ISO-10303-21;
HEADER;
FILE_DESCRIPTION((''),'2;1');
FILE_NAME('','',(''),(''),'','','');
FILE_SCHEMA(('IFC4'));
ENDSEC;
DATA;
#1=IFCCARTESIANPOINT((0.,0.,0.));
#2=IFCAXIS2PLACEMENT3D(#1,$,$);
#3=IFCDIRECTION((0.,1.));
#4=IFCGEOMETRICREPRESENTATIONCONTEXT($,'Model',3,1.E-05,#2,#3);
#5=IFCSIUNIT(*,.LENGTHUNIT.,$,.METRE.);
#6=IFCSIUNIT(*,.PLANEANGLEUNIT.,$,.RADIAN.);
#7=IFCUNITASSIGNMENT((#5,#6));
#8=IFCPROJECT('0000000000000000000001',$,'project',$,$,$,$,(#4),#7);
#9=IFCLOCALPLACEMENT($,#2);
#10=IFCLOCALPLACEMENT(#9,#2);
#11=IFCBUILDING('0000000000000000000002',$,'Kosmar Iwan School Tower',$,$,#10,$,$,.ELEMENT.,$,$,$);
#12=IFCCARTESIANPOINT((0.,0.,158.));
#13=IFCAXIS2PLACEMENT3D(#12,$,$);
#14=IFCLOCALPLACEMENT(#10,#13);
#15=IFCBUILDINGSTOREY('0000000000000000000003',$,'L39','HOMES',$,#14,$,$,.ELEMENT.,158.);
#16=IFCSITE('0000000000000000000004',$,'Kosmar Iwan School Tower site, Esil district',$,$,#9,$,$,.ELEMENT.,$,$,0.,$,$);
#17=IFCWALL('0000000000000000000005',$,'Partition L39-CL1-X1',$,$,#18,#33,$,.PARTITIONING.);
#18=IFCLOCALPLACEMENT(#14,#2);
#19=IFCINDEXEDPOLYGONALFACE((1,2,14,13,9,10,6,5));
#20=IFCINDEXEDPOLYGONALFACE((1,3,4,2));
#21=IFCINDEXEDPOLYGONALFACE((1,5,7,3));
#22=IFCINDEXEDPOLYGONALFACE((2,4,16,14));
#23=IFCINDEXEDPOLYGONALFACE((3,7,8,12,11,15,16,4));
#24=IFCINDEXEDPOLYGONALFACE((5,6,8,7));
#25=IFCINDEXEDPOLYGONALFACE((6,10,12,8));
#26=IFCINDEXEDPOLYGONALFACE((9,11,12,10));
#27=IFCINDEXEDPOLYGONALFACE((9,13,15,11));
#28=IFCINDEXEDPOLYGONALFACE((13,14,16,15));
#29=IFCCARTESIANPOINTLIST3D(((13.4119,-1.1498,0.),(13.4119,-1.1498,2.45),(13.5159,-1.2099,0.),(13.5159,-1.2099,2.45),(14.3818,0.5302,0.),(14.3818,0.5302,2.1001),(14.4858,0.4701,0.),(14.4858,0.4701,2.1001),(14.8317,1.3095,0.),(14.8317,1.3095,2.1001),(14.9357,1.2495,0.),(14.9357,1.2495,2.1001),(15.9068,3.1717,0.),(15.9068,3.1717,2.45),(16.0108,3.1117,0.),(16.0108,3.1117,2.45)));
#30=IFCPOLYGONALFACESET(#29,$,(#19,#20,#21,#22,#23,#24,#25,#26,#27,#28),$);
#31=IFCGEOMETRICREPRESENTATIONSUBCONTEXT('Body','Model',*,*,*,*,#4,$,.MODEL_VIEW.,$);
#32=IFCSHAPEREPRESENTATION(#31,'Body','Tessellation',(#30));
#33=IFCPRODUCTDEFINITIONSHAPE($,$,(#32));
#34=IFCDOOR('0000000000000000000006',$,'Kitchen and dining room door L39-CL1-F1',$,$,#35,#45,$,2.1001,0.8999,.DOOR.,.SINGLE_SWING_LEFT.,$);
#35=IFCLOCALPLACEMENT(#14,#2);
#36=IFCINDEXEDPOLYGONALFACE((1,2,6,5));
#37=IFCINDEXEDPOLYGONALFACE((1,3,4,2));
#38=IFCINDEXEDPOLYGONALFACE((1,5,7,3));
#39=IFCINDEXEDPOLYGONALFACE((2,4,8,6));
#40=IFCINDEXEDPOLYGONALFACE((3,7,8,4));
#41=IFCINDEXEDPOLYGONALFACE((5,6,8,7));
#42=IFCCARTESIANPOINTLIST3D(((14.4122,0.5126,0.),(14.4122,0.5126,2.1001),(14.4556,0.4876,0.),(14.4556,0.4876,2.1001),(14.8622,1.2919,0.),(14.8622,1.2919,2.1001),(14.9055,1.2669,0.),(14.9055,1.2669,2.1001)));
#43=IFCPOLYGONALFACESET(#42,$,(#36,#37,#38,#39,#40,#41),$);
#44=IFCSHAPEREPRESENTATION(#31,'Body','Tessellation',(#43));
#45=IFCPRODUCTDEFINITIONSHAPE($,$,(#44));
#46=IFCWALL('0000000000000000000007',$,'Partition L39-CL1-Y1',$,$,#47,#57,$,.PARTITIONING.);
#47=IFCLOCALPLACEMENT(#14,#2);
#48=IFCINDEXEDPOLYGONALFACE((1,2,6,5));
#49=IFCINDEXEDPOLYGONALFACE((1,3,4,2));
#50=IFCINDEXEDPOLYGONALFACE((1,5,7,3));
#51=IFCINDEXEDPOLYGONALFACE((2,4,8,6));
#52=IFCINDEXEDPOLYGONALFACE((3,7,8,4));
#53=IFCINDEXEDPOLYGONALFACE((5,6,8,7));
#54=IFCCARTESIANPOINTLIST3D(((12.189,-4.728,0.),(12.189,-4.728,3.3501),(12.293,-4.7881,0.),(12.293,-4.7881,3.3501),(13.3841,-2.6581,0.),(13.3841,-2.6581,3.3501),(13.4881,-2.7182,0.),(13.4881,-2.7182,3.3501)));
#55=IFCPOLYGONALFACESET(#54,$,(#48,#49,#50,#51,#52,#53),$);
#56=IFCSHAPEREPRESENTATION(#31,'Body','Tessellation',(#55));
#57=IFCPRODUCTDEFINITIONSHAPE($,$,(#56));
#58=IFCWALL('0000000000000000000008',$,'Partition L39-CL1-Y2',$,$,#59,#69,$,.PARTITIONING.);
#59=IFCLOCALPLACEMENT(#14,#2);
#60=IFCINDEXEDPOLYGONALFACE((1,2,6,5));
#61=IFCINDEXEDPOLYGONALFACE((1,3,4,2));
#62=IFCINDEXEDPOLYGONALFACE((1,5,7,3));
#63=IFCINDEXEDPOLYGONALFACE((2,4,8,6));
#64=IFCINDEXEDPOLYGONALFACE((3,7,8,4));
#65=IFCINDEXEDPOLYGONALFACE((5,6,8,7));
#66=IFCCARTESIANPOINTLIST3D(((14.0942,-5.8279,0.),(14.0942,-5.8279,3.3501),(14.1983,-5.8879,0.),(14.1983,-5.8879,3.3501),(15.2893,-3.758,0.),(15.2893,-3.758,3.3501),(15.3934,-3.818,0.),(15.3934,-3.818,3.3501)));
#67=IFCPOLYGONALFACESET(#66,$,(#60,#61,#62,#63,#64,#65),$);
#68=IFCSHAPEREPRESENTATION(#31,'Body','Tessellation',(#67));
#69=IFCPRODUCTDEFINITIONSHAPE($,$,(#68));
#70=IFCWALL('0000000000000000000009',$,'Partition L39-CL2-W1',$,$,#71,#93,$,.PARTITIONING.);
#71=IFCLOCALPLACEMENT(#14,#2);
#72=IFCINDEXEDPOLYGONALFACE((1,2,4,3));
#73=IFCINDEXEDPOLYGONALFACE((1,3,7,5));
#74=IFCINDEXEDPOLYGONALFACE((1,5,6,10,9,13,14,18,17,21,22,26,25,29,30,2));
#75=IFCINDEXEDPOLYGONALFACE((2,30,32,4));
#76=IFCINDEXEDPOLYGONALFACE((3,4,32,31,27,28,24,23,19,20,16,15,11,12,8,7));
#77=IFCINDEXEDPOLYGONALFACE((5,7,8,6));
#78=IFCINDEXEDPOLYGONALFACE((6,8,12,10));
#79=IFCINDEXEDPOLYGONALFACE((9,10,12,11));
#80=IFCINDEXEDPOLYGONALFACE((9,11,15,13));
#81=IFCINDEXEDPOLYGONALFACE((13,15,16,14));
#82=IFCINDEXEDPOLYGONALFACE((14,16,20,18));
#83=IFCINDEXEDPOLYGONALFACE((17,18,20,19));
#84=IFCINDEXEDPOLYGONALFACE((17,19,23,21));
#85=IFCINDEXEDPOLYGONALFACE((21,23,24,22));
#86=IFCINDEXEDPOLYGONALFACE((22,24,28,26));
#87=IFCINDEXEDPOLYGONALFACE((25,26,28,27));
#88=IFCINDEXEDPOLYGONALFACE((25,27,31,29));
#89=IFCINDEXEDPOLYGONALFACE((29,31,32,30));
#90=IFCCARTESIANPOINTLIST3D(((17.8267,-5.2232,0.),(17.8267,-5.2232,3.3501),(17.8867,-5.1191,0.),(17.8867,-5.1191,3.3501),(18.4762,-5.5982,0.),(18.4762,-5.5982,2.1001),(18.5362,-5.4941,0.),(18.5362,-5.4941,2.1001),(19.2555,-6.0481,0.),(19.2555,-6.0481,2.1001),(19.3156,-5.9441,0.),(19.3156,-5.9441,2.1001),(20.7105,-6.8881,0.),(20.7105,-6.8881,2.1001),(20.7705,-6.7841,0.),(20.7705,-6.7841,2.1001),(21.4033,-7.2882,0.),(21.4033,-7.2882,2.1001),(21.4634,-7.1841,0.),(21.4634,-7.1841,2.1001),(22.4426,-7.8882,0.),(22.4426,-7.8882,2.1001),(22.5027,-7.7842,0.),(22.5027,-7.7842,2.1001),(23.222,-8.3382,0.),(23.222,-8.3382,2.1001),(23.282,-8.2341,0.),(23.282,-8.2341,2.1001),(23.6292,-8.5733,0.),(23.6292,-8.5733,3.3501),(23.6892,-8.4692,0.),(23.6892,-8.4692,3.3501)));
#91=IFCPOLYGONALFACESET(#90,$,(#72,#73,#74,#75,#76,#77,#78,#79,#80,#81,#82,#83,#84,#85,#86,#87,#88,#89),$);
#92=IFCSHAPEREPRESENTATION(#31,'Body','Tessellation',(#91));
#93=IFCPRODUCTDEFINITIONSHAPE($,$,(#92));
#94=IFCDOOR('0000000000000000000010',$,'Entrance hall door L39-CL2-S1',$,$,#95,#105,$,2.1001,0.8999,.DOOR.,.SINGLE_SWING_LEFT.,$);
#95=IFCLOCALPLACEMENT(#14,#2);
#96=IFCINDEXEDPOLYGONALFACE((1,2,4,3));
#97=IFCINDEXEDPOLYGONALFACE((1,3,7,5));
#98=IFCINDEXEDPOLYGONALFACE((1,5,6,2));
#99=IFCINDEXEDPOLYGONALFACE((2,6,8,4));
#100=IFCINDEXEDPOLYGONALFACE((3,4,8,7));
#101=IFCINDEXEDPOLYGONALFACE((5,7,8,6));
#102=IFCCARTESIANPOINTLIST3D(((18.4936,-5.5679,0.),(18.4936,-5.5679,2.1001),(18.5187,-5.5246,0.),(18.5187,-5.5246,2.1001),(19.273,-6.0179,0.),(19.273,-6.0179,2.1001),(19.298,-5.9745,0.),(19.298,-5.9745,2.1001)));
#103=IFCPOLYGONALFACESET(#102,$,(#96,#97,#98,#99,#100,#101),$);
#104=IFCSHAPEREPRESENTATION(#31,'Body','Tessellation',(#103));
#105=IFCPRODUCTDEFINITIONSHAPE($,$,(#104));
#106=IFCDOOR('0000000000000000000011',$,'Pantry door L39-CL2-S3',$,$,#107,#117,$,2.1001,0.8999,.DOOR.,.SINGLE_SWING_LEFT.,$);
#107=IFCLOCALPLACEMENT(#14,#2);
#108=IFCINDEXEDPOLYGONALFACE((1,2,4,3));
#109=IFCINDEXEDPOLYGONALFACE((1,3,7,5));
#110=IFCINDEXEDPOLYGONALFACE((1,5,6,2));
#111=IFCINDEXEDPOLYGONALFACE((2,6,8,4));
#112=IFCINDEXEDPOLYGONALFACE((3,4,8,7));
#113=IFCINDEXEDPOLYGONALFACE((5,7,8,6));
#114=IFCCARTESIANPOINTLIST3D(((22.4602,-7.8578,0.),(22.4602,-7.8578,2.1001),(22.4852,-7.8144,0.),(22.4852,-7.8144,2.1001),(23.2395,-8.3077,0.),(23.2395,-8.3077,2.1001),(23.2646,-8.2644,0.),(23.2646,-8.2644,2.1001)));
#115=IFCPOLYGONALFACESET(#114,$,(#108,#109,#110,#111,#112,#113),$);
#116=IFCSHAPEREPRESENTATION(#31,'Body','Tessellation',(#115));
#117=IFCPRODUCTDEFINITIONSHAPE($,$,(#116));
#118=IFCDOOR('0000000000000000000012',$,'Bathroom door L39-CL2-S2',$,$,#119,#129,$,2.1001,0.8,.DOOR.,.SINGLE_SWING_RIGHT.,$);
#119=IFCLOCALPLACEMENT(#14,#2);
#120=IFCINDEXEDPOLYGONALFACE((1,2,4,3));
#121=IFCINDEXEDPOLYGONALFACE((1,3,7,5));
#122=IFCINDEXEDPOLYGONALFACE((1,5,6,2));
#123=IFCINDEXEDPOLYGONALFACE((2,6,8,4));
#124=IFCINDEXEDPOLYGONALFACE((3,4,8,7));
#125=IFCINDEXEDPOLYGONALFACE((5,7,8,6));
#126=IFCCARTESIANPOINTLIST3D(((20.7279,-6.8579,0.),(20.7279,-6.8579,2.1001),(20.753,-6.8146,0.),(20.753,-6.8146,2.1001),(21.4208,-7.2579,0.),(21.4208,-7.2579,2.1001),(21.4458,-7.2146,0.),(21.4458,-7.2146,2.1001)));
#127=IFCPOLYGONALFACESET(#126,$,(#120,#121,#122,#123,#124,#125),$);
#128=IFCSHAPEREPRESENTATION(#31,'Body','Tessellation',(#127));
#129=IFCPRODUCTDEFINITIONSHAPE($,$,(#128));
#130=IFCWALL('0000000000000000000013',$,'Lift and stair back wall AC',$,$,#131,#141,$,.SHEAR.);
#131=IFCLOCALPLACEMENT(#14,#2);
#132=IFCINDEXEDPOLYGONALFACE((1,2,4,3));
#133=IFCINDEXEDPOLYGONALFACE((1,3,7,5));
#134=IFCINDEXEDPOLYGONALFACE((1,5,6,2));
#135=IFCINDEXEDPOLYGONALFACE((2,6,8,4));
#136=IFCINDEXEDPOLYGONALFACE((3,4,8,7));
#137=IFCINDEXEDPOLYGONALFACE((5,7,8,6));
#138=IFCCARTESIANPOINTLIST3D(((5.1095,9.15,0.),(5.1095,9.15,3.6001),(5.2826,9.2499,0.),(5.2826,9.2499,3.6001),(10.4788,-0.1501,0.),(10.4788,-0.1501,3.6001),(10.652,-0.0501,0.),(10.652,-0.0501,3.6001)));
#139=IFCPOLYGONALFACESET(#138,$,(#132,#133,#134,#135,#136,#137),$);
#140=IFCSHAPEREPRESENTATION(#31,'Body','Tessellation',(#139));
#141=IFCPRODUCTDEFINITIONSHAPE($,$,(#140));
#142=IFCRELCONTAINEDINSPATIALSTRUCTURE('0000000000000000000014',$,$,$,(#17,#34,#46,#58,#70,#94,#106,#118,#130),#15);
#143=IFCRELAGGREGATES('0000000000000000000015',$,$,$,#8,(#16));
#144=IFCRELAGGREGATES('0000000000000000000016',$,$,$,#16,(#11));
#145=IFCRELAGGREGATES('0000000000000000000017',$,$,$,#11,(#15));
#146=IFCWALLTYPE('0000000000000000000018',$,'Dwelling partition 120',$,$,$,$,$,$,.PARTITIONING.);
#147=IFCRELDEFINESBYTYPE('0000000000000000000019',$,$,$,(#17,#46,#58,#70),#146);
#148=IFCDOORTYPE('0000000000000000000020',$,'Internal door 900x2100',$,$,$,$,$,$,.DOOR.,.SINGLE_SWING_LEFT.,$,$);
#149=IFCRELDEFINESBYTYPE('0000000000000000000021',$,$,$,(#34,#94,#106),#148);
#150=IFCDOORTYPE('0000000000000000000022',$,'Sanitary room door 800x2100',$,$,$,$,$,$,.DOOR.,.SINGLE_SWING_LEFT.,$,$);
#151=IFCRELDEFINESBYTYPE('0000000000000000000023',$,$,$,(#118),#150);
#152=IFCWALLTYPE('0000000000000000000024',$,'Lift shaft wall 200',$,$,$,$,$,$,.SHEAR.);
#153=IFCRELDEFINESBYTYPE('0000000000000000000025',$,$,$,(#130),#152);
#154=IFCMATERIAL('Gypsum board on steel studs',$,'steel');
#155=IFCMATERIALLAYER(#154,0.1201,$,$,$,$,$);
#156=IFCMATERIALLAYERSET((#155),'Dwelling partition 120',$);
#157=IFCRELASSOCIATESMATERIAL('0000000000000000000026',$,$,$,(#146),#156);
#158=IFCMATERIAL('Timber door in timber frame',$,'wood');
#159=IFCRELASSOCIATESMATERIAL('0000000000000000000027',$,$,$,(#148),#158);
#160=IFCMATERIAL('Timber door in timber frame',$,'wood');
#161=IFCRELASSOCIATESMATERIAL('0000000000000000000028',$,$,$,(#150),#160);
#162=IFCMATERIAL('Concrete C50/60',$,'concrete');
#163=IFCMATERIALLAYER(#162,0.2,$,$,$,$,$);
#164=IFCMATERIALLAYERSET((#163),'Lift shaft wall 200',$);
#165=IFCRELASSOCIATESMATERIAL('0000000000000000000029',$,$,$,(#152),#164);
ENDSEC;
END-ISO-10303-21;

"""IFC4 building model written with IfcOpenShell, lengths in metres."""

from ifc_helpers import new_model, si_unit, direction, frame, frame_2d, origin, place, context, subcontext, project, spatial, rectangle, extrude, material, layer, layer_set, type_object, element, fill, save


model = new_model("IFC4")

# Units and contexts
model_context = context("Model", 3, precision=1e-05, world=origin(), true_north=direction((0.0, 1.0)))
body_context = subcontext(model_context, "Body", "Model", "MODEL_VIEW")
ifc_project = project(units=[si_unit("LENGTHUNIT", "METRE"), si_unit("PLANEANGLEUNIT", "RADIAN")], contexts=[model_context])

# Site, building, storey
site_placement = place(None, origin())
site = spatial("IfcSite", under=ifc_project, at=site_placement, Name="Kosmar Iwan School Tower site, Esil district", CompositionType="ELEMENT", RefElevation=0.0)
building_placement = place(site_placement, origin())
building = spatial("IfcBuilding", under=site, at=building_placement, Name="Kosmar Iwan School Tower", CompositionType="ELEMENT")
storey_placement = place(building_placement, frame((0.0, 0.0, 158.0)))
storey = spatial("IfcBuildingStorey", under=building, at=storey_placement, Name="L39", Description="HOMES", CompositionType="ELEMENT", Elevation=158.0)

# Shared definitions
ifc_material_1 = material(Name="Gypsum board on steel studs", Category="steel")
ifc_layer_1 = layer(ifc_material_1, 0.1201)
ifc_layer_set_1 = layer_set([ifc_layer_1], Name="Dwelling partition 120")
wall_type_1 = type_object("IfcWallType", Name="Dwelling partition 120", PredefinedType="PARTITIONING", material=ifc_layer_set_1)
ifc_material_2 = material(Name="Timber door in timber frame", Category="wood")
door_type_1 = type_object("IfcDoorType", Name="Internal door 900x2100", OperationType="SINGLE_SWING_LEFT", PredefinedType="DOOR", material=ifc_material_2)
ifc_material_3 = material(Name="Timber door in timber frame", Category="wood")
door_type_2 = type_object("IfcDoorType", Name="Sanitary room door 800x2100", OperationType="SINGLE_SWING_LEFT", PredefinedType="DOOR", material=ifc_material_3)

# Wall, opening, door
wall_1_placement = place(storey_placement, frame((13.4639, -1.1799, 0.0), z_axis=(0.0, 0.0, 1.0), x_axis=(0.499975, 0.86604, 0.0)))
wall_1 = element("IfcWall", 1, at=wall_1_placement, inside=storey, type_object=wall_type_1, Name="Partition L39-CL1-X1", PredefinedType="PARTITIONING", context=body_context, shape_type="SweptSolid", body=[
    extrude(rectangle(XDim=4.99, YDim=0.1201, at=frame_2d((2.4951, 0.0))), origin(), (0.0, 0.0, 1.0), 2.45),
])
opening_1_placement = place(wall_1_placement, frame((1.9399, 0.0, 0.0)))
opening_1 = element("IfcOpeningElement", 2, at=opening_1_placement, cuts=wall_1, PredefinedType="OPENING", context=body_context, shape_type="SweptSolid", body=[
    extrude(rectangle(XDim=0.8999, YDim=2.1001, at=frame_2d((0.45, 1.05))), frame((0.0, 0.072, 0.0), z_axis=(0.0, -1.0, 0.0), x_axis=(1.0, 0.0, 0.0)), (0.0, 0.0, 1.0), 0.144),
])
door_1_placement = place(opening_1_placement, origin())
door_1 = element("IfcDoor", 3, at=door_1_placement, inside=storey, type_object=door_type_1, Name="Kitchen and dining room door L39-CL1-F1", OperationType="SINGLE_SWING_LEFT", OverallHeight=2.1001, OverallWidth=0.8999, PredefinedType="DOOR", context=body_context, shape_type="SweptSolid", body=[
    extrude(rectangle(XDim=0.8999, YDim=2.1001, at=frame_2d((0.45, 1.05))), frame((0.0, 0.0249, 0.0), z_axis=(0.0, -1.0, 0.0), x_axis=(1.0, 0.0, 0.0)), (0.0, 0.0, 1.0), 0.05),
])
fill(opening_1, door_1)

# Walls
for number, where, z_axis, x_axis, name in (
    (4, (12.241, -4.7581, 0.0), (0.0, 0.0, 1.0), (0.500017, 0.866015, 0.0), "Partition L39-CL1-Y1"),
    (5, (14.1462, -5.8579, 0.0), (0.0, 0.0, 1.0), (0.500017, 0.866015, 0.0), "Partition L39-CL1-Y2"),
):
    element("IfcWall", number, at=place(storey_placement, frame(where, z_axis=z_axis, x_axis=x_axis)), inside=storey, type_object=wall_type_1, Name=name, PredefinedType="PARTITIONING", context=body_context, shape_type="SweptSolid", body=[
        extrude(rectangle(XDim=2.3901, YDim=0.1201, at=frame_2d((1.1951, 0.0))), origin(), (0.0, 0.0, 1.0), 3.3501),
    ])

# Wall, openings, doors
wall_2_placement = place(storey_placement, frame((17.8567, -5.1711, 0.0), z_axis=(0.0, 0.0, 1.0), x_axis=(0.866024, -0.500003, 0.0)))
wall_2 = element("IfcWall", 6, at=wall_2_placement, inside=storey, type_object=wall_type_1, Name="Partition L39-CL2-W1", PredefinedType="PARTITIONING", context=body_context, shape_type="SweptSolid", body=[
    extrude(rectangle(XDim=6.7002, YDim=0.1201, at=frame_2d((3.3501, 0.0))), origin(), (0.0, 0.0, 1.0), 3.3501),
])
opening_2_placement = place(wall_2_placement, frame((0.75, 0.0, 0.0)))
opening_2 = element("IfcOpeningElement", 7, at=opening_2_placement, cuts=wall_2, PredefinedType="OPENING", context=body_context, shape_type="SweptSolid", body=[
    extrude(rectangle(XDim=0.8999, YDim=2.1001, at=frame_2d((0.45, 1.05))), frame((0.0, 0.072, 0.0), z_axis=(0.0, -1.0, 0.0), x_axis=(1.0, 0.0, 0.0)), (0.0, 0.0, 1.0), 0.144),
])
opening_3_placement = place(wall_2_placement, frame((3.3301, 0.0, 0.0)))
opening_3 = element("IfcOpeningElement", 8, at=opening_3_placement, cuts=wall_2, PredefinedType="OPENING", context=body_context, shape_type="SweptSolid", body=[
    extrude(rectangle(XDim=0.8, YDim=2.1001, at=frame_2d((0.3999, 1.05))), frame((0.0, 0.072, 0.0), z_axis=(0.0, -1.0, 0.0), x_axis=(1.0, 0.0, 0.0)), (0.0, 0.0, 1.0), 0.144),
])
opening_4_placement = place(wall_2_placement, frame((5.3301, 0.0, 0.0)))
opening_4 = element("IfcOpeningElement", 9, at=opening_4_placement, cuts=wall_2, PredefinedType="OPENING", context=body_context, shape_type="SweptSolid", body=[
    extrude(rectangle(XDim=0.8999, YDim=2.1001, at=frame_2d((0.45, 1.05))), frame((0.0, 0.072, 0.0), z_axis=(0.0, -1.0, 0.0), x_axis=(1.0, 0.0, 0.0)), (0.0, 0.0, 1.0), 0.144),
])
door_2_placement = place(opening_2_placement, origin())
door_2 = element("IfcDoor", 10, at=door_2_placement, inside=storey, type_object=door_type_1, Name="Entrance hall door L39-CL2-S1", OperationType="SINGLE_SWING_LEFT", OverallHeight=2.1001, OverallWidth=0.8999, PredefinedType="DOOR", context=body_context, shape_type="SweptSolid", body=[
    extrude(rectangle(XDim=0.8999, YDim=2.1001, at=frame_2d((0.45, 1.05))), frame((0.0, 0.0249, 0.0), z_axis=(0.0, -1.0, 0.0), x_axis=(1.0, 0.0, 0.0)), (0.0, 0.0, 1.0), 0.05),
])
fill(opening_2, door_2)
door_3_placement = place(opening_4_placement, frame((0.8999, 0.0, 0.0), z_axis=(0.0, 0.0, 1.0), x_axis=(-1.0, 0.0, 0.0)))
door_3 = element("IfcDoor", 11, at=door_3_placement, inside=storey, type_object=door_type_1, Name="Pantry door L39-CL2-S3", OperationType="SINGLE_SWING_LEFT", OverallHeight=2.1001, OverallWidth=0.8999, PredefinedType="DOOR", context=body_context, shape_type="SweptSolid", body=[
    extrude(rectangle(XDim=0.8999, YDim=2.1001, at=frame_2d((0.45, 1.05))), frame((0.0, 0.0249, 0.0), z_axis=(0.0, -1.0, 0.0), x_axis=(1.0, 0.0, 0.0)), (0.0, 0.0, 1.0), 0.05),
])
fill(opening_4, door_3)
door_4_placement = place(opening_3_placement, origin())
door_4 = element("IfcDoor", 12, at=door_4_placement, inside=storey, type_object=door_type_2, Name="Bathroom door L39-CL2-S2", OperationType="SINGLE_SWING_RIGHT", OverallHeight=2.1001, OverallWidth=0.8, PredefinedType="DOOR", context=body_context, shape_type="SweptSolid", body=[
    extrude(rectangle(XDim=0.8, YDim=2.1001, at=frame_2d((0.3999, 1.05))), frame((0.0, 0.0249, 0.0), z_axis=(0.0, -1.0, 0.0), x_axis=(1.0, 0.0, 0.0)), (0.0, 0.0, 1.0), 0.05),
])
fill(opening_3, door_4)

# Wall
ifc_material_4 = material(Name="Concrete C50/60", Category="concrete")
ifc_layer_2 = layer(ifc_material_4, 0.2)
ifc_layer_set_2 = layer_set([ifc_layer_2], Name="Lift shaft wall 200")
wall_type_2 = type_object("IfcWallType", Name="Lift shaft wall 200", PredefinedType="SHEAR", material=ifc_layer_set_2)
wall_3_placement = place(storey_placement, frame((10.5654, -0.1001, 0.0), z_axis=(0.0, 0.0, 1.0), x_axis=(-0.5, 0.866025, 0.0)))
element("IfcWall", 13, at=wall_3_placement, inside=storey, type_object=wall_type_2, Name="Lift and stair back wall AC", PredefinedType="SHEAR", context=body_context, shape_type="SweptSolid", body=[
    extrude(rectangle(XDim=10.7388, YDim=0.2, at=frame_2d((5.3694, 0.0))), origin(), (0.0, 0.0, 1.0), 3.6001),
])

save(model, "model.ifc")
